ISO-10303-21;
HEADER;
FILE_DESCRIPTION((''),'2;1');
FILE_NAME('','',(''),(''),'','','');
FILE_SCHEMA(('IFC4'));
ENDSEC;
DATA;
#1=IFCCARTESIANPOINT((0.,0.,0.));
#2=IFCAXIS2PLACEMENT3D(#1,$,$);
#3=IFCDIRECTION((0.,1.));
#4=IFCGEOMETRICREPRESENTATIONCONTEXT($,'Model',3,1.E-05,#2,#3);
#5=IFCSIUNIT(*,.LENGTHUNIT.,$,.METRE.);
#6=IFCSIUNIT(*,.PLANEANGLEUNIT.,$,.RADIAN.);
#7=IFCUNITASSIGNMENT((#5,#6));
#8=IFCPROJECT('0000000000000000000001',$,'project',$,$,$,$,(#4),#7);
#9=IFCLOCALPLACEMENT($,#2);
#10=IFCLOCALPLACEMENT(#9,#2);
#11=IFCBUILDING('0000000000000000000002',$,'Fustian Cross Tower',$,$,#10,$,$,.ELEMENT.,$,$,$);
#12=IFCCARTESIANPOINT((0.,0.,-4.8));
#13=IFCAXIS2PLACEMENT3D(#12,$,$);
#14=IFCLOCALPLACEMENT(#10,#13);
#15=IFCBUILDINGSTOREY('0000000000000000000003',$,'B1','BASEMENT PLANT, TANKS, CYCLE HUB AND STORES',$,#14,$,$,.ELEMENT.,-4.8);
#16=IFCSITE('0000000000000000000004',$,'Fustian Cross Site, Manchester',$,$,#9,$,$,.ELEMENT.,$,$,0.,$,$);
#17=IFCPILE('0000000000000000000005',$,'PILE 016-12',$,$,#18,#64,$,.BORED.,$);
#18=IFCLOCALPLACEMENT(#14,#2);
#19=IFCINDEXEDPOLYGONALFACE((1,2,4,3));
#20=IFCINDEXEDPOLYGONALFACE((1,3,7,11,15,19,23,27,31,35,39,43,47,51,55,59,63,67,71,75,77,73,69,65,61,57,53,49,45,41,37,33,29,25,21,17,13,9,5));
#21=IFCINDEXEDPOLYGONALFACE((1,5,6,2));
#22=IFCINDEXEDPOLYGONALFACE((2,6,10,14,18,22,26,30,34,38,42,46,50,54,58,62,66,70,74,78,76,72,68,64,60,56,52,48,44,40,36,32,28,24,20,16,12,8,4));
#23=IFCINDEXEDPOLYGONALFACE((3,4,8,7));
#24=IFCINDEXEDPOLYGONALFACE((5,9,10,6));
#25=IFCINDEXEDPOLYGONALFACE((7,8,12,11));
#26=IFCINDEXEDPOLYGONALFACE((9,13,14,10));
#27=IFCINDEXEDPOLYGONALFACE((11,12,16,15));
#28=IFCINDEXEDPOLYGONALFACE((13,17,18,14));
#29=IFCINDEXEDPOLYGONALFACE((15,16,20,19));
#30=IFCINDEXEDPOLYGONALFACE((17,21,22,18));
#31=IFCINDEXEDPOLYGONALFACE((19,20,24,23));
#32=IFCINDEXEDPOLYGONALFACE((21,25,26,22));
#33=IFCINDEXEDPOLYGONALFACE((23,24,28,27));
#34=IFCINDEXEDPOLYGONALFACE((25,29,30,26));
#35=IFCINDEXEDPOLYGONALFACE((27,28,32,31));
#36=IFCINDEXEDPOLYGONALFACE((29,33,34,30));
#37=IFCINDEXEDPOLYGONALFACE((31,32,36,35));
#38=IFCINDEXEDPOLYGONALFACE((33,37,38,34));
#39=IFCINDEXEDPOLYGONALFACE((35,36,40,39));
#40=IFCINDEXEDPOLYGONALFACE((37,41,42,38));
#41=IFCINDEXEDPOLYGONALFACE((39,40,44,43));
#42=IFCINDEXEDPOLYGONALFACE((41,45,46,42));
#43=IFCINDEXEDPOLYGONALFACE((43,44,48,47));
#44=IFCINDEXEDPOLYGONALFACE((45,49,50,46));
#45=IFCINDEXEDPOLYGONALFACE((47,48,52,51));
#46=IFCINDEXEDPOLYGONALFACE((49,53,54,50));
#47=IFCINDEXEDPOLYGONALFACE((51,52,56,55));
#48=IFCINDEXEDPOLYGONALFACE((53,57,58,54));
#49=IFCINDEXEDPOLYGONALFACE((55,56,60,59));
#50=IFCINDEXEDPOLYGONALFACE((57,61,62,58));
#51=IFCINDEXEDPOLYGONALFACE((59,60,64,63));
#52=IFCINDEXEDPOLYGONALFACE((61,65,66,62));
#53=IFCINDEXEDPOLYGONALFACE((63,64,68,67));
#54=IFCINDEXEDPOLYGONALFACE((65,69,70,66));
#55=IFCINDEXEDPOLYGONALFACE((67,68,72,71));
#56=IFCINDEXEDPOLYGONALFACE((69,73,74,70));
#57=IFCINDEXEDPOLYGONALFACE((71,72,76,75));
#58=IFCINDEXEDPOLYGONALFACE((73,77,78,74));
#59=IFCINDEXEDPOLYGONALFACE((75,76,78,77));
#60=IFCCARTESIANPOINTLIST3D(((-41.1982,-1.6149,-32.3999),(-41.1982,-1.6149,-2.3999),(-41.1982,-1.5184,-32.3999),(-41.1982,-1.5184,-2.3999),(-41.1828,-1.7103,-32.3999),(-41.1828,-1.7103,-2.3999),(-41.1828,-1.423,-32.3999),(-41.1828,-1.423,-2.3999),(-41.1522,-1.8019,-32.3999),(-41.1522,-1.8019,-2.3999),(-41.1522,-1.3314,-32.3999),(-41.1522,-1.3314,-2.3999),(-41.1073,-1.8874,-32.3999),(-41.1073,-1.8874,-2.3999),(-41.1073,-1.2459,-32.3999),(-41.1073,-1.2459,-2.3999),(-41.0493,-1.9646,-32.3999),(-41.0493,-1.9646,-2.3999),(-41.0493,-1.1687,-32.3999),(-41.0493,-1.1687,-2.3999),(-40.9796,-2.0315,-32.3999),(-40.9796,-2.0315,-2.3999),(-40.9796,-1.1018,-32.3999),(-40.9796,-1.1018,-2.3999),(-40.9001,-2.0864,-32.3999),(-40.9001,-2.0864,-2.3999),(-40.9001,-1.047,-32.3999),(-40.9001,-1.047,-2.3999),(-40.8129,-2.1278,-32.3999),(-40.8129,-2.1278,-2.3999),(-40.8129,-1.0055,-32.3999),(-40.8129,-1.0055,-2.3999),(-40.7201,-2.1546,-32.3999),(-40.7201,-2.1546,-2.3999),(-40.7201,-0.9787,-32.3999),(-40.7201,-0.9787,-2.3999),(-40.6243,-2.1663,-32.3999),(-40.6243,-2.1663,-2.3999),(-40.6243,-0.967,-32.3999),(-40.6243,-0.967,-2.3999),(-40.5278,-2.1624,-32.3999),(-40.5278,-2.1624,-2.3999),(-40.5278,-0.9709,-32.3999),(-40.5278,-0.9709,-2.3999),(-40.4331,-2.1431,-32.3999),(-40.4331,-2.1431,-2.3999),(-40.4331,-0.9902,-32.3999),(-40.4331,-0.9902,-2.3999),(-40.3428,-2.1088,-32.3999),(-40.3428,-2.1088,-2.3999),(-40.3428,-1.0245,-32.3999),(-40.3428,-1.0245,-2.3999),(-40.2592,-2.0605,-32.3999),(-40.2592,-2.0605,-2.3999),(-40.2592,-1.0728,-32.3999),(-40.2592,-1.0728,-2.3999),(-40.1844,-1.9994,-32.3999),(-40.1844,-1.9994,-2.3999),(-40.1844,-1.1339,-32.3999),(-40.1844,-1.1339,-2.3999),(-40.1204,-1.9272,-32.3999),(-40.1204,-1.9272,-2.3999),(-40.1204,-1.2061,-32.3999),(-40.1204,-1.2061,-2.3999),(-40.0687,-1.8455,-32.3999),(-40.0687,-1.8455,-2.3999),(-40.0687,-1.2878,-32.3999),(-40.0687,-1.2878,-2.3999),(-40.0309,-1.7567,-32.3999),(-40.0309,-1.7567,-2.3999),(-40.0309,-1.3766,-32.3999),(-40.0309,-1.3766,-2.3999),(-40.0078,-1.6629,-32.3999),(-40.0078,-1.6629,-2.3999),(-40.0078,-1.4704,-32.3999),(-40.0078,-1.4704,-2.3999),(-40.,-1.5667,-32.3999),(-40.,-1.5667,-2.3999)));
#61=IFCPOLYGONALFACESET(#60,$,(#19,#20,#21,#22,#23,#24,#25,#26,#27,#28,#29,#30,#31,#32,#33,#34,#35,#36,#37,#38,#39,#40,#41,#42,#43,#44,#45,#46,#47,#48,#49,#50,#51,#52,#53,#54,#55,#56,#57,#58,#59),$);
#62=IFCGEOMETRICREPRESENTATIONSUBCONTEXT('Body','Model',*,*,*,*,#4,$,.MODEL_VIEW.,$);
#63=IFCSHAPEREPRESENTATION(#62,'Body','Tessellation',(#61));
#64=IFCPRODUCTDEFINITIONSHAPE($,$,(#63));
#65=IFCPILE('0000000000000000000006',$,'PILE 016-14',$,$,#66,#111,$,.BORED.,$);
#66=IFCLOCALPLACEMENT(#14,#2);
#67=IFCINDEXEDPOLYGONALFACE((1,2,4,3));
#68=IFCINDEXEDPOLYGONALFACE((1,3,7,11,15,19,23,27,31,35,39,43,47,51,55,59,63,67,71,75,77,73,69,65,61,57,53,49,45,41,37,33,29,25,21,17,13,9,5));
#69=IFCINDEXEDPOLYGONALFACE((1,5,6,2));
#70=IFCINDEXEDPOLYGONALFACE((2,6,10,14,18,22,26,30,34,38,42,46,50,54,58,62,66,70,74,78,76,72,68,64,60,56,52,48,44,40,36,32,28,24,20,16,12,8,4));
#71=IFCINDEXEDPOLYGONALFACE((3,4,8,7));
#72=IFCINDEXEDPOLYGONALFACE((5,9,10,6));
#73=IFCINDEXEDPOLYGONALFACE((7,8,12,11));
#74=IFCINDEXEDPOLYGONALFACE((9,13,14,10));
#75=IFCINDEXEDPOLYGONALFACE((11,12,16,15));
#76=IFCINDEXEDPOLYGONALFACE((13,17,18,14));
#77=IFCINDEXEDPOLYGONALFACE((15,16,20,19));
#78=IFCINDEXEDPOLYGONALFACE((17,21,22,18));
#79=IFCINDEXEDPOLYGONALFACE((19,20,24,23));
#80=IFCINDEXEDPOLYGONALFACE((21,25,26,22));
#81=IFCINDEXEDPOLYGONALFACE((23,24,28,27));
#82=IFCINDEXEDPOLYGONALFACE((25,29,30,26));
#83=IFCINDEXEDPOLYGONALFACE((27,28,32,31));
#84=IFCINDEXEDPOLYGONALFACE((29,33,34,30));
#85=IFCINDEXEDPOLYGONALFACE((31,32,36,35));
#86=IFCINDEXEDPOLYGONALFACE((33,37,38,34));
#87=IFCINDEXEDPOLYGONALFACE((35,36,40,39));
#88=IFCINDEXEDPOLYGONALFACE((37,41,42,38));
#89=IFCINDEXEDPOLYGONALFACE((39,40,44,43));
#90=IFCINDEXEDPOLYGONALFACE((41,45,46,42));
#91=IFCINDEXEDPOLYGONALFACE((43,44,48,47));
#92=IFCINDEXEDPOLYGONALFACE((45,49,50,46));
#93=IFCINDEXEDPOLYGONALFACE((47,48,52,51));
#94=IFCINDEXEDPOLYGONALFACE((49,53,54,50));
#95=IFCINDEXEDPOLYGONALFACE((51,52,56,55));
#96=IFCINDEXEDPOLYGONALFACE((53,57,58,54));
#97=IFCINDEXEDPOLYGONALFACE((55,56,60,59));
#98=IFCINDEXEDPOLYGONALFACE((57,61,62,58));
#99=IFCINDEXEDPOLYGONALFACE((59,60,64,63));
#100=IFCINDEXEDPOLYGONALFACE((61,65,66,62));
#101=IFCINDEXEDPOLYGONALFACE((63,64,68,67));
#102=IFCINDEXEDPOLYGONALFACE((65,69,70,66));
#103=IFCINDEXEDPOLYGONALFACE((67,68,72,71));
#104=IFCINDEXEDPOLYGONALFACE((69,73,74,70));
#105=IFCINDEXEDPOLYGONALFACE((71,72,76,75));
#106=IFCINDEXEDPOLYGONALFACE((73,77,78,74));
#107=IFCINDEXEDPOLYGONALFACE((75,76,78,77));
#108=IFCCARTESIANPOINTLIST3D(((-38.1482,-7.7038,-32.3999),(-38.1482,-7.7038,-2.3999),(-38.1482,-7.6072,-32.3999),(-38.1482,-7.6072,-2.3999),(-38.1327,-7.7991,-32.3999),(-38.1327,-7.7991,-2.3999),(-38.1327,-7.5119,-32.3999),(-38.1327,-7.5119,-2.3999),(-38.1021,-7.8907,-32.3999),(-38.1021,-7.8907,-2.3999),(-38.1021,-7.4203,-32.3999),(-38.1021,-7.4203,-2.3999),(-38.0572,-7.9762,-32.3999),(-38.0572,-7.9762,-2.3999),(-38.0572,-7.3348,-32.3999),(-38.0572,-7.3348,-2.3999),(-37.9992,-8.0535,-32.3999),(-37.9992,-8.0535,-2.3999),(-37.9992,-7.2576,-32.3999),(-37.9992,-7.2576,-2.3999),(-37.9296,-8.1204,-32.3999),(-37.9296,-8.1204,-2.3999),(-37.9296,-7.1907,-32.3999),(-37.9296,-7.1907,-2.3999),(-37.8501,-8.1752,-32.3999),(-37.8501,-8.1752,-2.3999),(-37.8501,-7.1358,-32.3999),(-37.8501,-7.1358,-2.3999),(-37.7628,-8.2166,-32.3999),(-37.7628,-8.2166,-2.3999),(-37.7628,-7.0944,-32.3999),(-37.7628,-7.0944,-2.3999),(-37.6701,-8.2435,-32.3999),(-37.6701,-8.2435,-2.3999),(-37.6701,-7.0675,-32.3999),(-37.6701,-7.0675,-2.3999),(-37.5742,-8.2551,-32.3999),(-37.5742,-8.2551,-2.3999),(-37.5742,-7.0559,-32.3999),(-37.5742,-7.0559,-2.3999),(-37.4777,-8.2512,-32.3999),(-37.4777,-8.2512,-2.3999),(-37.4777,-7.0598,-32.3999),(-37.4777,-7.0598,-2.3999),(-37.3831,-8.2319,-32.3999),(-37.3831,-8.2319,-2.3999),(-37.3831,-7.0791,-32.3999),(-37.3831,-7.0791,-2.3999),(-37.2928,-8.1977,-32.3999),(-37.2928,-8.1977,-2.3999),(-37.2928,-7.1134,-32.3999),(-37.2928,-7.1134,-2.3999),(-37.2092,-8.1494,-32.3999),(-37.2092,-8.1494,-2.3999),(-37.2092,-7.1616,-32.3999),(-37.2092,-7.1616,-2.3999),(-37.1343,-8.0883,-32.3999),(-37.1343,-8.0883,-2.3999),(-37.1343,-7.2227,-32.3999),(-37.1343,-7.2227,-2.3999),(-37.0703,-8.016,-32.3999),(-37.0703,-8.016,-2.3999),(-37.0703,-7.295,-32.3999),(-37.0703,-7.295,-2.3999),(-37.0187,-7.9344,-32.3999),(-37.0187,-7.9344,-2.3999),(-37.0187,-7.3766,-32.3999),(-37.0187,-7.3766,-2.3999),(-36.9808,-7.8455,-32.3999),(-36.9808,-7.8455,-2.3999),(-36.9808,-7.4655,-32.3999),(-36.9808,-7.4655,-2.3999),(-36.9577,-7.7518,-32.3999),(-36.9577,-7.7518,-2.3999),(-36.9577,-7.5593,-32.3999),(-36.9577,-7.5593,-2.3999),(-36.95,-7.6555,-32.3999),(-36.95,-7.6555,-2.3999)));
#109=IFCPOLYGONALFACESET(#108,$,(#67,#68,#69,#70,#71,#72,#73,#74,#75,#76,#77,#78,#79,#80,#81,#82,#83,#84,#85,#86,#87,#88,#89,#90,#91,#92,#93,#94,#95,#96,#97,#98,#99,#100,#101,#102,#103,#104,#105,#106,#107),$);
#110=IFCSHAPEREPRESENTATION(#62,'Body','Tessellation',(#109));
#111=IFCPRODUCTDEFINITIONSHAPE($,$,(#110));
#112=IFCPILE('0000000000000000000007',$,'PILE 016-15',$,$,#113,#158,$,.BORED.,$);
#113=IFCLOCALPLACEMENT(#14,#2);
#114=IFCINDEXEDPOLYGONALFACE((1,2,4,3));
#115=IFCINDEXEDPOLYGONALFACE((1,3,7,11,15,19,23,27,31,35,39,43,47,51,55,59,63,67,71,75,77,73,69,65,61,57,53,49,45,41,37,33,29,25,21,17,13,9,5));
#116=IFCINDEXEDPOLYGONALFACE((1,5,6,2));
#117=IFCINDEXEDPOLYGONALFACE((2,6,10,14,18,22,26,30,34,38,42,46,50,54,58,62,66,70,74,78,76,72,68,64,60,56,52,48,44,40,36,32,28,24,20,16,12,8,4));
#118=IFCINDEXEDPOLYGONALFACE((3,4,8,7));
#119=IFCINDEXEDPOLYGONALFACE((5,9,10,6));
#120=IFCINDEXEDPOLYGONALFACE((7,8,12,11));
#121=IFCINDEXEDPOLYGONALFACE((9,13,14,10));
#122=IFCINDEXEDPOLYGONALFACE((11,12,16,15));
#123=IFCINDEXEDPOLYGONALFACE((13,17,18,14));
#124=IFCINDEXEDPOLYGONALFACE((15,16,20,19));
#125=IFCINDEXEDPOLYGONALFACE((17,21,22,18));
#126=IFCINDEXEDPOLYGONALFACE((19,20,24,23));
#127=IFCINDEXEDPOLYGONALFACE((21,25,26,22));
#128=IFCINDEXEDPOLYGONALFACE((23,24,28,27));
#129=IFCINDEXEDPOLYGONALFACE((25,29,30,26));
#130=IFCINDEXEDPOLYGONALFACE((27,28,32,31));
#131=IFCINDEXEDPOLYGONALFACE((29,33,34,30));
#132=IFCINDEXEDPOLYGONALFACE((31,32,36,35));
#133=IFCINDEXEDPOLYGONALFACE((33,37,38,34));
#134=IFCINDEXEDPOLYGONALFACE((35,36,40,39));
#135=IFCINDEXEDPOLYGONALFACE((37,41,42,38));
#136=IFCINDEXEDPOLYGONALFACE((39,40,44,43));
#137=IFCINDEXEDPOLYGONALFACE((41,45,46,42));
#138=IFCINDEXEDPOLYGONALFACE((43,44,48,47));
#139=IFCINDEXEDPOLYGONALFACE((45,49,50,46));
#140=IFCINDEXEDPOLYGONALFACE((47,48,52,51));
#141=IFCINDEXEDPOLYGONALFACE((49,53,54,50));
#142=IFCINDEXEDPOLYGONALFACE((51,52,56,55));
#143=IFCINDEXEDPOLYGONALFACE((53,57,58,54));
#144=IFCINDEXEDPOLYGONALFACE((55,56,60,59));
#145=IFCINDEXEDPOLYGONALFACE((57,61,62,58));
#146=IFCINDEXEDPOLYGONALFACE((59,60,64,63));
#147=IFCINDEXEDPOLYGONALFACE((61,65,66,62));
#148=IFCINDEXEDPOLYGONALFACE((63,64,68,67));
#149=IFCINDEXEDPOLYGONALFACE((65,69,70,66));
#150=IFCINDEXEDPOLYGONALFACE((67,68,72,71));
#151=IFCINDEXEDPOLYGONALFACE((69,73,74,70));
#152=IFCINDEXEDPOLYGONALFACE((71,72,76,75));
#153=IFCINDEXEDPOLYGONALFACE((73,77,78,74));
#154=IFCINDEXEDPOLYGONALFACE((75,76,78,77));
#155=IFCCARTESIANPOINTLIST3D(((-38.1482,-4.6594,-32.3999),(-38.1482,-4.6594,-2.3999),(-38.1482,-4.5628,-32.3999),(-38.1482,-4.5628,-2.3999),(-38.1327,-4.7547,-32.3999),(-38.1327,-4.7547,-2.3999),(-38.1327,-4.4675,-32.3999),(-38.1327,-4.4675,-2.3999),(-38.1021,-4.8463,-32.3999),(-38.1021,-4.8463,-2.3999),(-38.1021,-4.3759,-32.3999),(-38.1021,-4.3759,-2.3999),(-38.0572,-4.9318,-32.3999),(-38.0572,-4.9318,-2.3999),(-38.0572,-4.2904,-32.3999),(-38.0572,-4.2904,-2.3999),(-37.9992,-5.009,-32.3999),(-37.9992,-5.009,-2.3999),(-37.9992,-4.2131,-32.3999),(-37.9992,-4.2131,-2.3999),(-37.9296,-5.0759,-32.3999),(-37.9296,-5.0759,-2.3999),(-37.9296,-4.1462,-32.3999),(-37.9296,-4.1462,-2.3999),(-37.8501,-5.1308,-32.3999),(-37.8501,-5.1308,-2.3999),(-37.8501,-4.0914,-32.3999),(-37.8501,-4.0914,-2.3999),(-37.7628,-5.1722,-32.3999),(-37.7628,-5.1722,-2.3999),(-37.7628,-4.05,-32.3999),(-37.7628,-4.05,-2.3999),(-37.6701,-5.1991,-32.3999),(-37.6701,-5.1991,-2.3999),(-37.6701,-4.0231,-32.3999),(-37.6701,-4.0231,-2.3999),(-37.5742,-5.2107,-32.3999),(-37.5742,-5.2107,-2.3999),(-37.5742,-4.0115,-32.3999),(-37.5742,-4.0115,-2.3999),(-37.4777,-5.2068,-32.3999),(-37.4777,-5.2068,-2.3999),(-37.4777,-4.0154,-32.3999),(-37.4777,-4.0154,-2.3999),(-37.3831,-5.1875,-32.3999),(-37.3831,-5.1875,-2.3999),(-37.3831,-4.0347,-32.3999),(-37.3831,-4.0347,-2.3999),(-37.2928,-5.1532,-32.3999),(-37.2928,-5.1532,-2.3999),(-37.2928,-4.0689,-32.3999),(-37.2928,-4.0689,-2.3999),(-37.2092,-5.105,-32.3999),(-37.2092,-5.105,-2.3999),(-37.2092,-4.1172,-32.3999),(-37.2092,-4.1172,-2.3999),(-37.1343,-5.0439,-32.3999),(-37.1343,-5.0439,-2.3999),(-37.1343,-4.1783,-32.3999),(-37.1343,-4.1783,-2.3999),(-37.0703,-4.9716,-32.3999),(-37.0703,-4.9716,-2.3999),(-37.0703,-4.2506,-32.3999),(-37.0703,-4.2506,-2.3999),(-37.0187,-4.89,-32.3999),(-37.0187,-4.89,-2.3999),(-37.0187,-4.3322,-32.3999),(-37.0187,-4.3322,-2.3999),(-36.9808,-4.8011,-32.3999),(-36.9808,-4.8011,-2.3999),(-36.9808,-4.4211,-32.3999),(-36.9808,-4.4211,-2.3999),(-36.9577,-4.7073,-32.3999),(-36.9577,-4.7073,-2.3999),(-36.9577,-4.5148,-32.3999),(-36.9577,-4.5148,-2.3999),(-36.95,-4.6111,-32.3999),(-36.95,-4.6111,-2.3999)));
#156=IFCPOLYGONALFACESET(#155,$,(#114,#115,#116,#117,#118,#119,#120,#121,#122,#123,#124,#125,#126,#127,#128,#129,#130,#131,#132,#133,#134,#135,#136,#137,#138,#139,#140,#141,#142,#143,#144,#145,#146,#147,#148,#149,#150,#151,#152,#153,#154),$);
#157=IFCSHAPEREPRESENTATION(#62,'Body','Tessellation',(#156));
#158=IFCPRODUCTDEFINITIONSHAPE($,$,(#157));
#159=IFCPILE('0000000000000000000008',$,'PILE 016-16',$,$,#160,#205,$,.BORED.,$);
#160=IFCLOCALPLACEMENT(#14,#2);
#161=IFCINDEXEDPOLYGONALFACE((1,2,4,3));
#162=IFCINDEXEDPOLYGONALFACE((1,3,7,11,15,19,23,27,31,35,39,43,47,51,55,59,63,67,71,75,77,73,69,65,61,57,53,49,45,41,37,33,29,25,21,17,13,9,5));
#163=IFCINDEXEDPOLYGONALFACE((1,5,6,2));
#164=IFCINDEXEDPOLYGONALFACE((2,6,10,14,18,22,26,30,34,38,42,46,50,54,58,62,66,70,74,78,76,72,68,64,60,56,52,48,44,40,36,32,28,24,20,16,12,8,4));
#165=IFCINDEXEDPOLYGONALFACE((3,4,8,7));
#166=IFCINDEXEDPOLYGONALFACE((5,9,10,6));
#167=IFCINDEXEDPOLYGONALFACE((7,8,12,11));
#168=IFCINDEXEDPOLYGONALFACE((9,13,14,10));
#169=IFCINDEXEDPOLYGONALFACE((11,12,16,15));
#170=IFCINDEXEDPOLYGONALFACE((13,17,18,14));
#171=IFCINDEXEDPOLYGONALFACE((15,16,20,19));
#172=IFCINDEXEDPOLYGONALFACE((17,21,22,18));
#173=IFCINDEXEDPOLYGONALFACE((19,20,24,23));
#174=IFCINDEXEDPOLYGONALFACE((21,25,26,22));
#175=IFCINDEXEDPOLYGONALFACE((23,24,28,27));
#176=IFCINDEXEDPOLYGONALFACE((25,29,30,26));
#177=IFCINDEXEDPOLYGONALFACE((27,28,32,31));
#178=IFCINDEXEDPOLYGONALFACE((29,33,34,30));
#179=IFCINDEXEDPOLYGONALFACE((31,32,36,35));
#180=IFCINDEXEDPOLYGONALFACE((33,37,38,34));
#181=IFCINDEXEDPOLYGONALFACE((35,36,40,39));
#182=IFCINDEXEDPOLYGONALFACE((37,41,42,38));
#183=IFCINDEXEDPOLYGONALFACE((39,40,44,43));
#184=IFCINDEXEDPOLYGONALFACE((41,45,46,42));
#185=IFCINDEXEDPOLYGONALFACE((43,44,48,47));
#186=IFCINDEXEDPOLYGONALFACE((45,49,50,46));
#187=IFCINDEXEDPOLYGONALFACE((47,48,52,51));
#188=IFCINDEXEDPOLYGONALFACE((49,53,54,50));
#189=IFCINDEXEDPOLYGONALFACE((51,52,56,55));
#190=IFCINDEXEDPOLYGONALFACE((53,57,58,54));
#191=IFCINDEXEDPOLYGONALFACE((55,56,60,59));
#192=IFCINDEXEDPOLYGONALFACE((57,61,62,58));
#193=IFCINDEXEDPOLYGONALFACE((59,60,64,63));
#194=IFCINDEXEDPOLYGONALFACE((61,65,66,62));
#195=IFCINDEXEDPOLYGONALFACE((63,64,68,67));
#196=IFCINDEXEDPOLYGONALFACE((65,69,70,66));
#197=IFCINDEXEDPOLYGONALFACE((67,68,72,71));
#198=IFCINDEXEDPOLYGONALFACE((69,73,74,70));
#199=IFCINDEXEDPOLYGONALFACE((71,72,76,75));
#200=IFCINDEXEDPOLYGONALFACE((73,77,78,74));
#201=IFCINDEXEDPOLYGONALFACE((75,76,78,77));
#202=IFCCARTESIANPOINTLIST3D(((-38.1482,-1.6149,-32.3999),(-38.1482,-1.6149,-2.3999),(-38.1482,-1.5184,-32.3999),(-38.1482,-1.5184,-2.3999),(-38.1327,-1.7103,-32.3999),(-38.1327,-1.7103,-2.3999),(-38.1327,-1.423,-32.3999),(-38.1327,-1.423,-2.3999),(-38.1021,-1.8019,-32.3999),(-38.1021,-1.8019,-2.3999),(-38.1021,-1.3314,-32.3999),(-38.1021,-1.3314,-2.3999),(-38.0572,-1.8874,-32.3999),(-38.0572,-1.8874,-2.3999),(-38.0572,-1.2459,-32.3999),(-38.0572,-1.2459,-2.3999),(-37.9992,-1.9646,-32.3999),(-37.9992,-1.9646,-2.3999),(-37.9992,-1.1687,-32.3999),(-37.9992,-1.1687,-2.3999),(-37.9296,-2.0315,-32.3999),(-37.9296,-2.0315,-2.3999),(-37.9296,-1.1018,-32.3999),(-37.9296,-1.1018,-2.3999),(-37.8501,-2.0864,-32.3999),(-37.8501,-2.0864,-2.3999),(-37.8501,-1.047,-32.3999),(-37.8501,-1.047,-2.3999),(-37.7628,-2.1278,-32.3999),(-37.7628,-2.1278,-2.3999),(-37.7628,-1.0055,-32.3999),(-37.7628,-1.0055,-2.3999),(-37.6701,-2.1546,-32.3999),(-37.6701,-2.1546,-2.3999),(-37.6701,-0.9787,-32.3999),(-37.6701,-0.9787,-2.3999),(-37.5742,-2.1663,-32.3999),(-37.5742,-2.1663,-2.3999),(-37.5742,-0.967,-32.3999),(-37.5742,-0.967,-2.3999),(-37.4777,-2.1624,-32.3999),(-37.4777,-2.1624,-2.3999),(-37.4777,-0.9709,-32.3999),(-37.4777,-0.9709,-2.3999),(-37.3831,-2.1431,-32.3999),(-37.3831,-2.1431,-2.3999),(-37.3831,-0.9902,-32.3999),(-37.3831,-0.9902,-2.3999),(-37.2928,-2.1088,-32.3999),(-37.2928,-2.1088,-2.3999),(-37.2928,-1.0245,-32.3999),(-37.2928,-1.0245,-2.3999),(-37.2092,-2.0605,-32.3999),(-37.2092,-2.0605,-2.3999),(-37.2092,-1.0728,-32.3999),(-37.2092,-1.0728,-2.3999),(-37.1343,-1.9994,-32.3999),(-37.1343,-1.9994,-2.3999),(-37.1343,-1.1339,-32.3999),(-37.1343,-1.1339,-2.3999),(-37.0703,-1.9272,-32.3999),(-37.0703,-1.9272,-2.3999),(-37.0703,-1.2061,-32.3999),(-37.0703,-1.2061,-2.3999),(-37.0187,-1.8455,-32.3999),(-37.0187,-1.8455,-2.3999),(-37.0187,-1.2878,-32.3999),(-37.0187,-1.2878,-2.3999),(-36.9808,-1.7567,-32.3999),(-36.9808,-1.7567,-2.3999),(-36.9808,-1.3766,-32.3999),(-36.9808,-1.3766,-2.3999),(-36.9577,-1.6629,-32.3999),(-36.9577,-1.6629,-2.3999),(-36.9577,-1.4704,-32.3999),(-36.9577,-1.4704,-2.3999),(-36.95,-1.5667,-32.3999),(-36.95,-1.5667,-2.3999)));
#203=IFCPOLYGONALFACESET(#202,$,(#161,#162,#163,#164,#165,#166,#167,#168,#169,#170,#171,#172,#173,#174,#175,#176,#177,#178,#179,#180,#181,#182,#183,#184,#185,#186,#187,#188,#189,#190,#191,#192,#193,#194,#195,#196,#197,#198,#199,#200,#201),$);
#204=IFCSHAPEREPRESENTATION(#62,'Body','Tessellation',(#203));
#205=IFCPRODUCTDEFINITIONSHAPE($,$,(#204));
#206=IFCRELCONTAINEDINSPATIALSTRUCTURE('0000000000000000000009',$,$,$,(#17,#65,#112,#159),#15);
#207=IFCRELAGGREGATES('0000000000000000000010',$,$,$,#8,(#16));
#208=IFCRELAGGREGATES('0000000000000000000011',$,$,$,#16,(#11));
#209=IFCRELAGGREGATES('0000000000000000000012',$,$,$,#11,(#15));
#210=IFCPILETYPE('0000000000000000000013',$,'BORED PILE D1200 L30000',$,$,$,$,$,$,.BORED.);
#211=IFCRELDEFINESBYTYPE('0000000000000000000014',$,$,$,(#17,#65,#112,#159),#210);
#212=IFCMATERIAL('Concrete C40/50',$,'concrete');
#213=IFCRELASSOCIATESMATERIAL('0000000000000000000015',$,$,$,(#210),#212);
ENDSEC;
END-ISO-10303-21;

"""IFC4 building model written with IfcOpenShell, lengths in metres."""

from ifc_helpers import new_model, si_unit, direction, frame, origin, origin_2d, place, context, subcontext, project, spatial, circle, extrude, material, material_profile, profile_set, type_object, element, save


model = new_model("IFC4")

# Units and contexts
model_context = context("Model", 3, precision=1e-05, world=origin(), true_north=direction((0.0, 1.0)))
body_context = subcontext(model_context, "Body", "Model", "MODEL_VIEW")
ifc_project = project(units=[si_unit("LENGTHUNIT", "METRE"), si_unit("PLANEANGLEUNIT", "RADIAN")], contexts=[model_context])

# Site, building, storey
site_placement = place(None, origin())
site = spatial("IfcSite", under=ifc_project, at=site_placement, Name="Fustian Cross Site, Manchester", CompositionType="ELEMENT", RefElevation=0.0)
building_placement = place(site_placement, origin())
building = spatial("IfcBuilding", under=site, at=building_placement, Name="Fustian Cross Tower", CompositionType="ELEMENT")
storey_placement = place(building_placement, frame((0.0, 0.0, -4.8)))
storey = spatial("IfcBuildingStorey", under=building, at=storey_placement, Name="B1", Description="BASEMENT PLANT, TANKS, CYCLE HUB AND STORES", CompositionType="ELEMENT", Elevation=-4.8)

# Piles
ifc_material_1 = material(Name="Concrete C40/50", Category="concrete")
ifc_material_profile_1 = material_profile(ifc_material_1, circle(Radius=0.6001, at=origin_2d()), Name="BORED PILE D1200 L30000")
ifc_profile_set_1 = profile_set([ifc_material_profile_1], Name="Concrete C40/50")
pile_type = type_object("IfcPileType", Name="BORED PILE D1200 L30000", PredefinedType="BORED", material=ifc_profile_set_1)
for number, where, z_axis, x_axis, name in (
    (1, (-40.6001, -1.5667, -2.3999), (0.0, 0.0, -1.0), (1.0, 0.0, 0.0), "PILE 016-12"),
    (2, (-37.55, -7.6555, -2.3999), (0.0, 0.0, -1.0), (1.0, 0.0, 0.0), "PILE 016-14"),
    (3, (-37.55, -4.6111, -2.3999), (0.0, 0.0, -1.0), (1.0, 0.0, 0.0), "PILE 016-15"),
    (4, (-37.55, -1.5667, -2.3999), (0.0, 0.0, -1.0), (1.0, 0.0, 0.0), "PILE 016-16"),
):
    element("IfcPile", number, at=place(storey_placement, frame(where, z_axis=z_axis, x_axis=x_axis)), inside=storey, type_object=pile_type, Name=name, PredefinedType="BORED", context=body_context, shape_type="SweptSolid", body=[
        extrude(circle(Radius=0.6001, at=origin_2d()), origin(), (0.0, 0.0, 1.0), 30.0),
    ])

save(model, "model.ifc")
